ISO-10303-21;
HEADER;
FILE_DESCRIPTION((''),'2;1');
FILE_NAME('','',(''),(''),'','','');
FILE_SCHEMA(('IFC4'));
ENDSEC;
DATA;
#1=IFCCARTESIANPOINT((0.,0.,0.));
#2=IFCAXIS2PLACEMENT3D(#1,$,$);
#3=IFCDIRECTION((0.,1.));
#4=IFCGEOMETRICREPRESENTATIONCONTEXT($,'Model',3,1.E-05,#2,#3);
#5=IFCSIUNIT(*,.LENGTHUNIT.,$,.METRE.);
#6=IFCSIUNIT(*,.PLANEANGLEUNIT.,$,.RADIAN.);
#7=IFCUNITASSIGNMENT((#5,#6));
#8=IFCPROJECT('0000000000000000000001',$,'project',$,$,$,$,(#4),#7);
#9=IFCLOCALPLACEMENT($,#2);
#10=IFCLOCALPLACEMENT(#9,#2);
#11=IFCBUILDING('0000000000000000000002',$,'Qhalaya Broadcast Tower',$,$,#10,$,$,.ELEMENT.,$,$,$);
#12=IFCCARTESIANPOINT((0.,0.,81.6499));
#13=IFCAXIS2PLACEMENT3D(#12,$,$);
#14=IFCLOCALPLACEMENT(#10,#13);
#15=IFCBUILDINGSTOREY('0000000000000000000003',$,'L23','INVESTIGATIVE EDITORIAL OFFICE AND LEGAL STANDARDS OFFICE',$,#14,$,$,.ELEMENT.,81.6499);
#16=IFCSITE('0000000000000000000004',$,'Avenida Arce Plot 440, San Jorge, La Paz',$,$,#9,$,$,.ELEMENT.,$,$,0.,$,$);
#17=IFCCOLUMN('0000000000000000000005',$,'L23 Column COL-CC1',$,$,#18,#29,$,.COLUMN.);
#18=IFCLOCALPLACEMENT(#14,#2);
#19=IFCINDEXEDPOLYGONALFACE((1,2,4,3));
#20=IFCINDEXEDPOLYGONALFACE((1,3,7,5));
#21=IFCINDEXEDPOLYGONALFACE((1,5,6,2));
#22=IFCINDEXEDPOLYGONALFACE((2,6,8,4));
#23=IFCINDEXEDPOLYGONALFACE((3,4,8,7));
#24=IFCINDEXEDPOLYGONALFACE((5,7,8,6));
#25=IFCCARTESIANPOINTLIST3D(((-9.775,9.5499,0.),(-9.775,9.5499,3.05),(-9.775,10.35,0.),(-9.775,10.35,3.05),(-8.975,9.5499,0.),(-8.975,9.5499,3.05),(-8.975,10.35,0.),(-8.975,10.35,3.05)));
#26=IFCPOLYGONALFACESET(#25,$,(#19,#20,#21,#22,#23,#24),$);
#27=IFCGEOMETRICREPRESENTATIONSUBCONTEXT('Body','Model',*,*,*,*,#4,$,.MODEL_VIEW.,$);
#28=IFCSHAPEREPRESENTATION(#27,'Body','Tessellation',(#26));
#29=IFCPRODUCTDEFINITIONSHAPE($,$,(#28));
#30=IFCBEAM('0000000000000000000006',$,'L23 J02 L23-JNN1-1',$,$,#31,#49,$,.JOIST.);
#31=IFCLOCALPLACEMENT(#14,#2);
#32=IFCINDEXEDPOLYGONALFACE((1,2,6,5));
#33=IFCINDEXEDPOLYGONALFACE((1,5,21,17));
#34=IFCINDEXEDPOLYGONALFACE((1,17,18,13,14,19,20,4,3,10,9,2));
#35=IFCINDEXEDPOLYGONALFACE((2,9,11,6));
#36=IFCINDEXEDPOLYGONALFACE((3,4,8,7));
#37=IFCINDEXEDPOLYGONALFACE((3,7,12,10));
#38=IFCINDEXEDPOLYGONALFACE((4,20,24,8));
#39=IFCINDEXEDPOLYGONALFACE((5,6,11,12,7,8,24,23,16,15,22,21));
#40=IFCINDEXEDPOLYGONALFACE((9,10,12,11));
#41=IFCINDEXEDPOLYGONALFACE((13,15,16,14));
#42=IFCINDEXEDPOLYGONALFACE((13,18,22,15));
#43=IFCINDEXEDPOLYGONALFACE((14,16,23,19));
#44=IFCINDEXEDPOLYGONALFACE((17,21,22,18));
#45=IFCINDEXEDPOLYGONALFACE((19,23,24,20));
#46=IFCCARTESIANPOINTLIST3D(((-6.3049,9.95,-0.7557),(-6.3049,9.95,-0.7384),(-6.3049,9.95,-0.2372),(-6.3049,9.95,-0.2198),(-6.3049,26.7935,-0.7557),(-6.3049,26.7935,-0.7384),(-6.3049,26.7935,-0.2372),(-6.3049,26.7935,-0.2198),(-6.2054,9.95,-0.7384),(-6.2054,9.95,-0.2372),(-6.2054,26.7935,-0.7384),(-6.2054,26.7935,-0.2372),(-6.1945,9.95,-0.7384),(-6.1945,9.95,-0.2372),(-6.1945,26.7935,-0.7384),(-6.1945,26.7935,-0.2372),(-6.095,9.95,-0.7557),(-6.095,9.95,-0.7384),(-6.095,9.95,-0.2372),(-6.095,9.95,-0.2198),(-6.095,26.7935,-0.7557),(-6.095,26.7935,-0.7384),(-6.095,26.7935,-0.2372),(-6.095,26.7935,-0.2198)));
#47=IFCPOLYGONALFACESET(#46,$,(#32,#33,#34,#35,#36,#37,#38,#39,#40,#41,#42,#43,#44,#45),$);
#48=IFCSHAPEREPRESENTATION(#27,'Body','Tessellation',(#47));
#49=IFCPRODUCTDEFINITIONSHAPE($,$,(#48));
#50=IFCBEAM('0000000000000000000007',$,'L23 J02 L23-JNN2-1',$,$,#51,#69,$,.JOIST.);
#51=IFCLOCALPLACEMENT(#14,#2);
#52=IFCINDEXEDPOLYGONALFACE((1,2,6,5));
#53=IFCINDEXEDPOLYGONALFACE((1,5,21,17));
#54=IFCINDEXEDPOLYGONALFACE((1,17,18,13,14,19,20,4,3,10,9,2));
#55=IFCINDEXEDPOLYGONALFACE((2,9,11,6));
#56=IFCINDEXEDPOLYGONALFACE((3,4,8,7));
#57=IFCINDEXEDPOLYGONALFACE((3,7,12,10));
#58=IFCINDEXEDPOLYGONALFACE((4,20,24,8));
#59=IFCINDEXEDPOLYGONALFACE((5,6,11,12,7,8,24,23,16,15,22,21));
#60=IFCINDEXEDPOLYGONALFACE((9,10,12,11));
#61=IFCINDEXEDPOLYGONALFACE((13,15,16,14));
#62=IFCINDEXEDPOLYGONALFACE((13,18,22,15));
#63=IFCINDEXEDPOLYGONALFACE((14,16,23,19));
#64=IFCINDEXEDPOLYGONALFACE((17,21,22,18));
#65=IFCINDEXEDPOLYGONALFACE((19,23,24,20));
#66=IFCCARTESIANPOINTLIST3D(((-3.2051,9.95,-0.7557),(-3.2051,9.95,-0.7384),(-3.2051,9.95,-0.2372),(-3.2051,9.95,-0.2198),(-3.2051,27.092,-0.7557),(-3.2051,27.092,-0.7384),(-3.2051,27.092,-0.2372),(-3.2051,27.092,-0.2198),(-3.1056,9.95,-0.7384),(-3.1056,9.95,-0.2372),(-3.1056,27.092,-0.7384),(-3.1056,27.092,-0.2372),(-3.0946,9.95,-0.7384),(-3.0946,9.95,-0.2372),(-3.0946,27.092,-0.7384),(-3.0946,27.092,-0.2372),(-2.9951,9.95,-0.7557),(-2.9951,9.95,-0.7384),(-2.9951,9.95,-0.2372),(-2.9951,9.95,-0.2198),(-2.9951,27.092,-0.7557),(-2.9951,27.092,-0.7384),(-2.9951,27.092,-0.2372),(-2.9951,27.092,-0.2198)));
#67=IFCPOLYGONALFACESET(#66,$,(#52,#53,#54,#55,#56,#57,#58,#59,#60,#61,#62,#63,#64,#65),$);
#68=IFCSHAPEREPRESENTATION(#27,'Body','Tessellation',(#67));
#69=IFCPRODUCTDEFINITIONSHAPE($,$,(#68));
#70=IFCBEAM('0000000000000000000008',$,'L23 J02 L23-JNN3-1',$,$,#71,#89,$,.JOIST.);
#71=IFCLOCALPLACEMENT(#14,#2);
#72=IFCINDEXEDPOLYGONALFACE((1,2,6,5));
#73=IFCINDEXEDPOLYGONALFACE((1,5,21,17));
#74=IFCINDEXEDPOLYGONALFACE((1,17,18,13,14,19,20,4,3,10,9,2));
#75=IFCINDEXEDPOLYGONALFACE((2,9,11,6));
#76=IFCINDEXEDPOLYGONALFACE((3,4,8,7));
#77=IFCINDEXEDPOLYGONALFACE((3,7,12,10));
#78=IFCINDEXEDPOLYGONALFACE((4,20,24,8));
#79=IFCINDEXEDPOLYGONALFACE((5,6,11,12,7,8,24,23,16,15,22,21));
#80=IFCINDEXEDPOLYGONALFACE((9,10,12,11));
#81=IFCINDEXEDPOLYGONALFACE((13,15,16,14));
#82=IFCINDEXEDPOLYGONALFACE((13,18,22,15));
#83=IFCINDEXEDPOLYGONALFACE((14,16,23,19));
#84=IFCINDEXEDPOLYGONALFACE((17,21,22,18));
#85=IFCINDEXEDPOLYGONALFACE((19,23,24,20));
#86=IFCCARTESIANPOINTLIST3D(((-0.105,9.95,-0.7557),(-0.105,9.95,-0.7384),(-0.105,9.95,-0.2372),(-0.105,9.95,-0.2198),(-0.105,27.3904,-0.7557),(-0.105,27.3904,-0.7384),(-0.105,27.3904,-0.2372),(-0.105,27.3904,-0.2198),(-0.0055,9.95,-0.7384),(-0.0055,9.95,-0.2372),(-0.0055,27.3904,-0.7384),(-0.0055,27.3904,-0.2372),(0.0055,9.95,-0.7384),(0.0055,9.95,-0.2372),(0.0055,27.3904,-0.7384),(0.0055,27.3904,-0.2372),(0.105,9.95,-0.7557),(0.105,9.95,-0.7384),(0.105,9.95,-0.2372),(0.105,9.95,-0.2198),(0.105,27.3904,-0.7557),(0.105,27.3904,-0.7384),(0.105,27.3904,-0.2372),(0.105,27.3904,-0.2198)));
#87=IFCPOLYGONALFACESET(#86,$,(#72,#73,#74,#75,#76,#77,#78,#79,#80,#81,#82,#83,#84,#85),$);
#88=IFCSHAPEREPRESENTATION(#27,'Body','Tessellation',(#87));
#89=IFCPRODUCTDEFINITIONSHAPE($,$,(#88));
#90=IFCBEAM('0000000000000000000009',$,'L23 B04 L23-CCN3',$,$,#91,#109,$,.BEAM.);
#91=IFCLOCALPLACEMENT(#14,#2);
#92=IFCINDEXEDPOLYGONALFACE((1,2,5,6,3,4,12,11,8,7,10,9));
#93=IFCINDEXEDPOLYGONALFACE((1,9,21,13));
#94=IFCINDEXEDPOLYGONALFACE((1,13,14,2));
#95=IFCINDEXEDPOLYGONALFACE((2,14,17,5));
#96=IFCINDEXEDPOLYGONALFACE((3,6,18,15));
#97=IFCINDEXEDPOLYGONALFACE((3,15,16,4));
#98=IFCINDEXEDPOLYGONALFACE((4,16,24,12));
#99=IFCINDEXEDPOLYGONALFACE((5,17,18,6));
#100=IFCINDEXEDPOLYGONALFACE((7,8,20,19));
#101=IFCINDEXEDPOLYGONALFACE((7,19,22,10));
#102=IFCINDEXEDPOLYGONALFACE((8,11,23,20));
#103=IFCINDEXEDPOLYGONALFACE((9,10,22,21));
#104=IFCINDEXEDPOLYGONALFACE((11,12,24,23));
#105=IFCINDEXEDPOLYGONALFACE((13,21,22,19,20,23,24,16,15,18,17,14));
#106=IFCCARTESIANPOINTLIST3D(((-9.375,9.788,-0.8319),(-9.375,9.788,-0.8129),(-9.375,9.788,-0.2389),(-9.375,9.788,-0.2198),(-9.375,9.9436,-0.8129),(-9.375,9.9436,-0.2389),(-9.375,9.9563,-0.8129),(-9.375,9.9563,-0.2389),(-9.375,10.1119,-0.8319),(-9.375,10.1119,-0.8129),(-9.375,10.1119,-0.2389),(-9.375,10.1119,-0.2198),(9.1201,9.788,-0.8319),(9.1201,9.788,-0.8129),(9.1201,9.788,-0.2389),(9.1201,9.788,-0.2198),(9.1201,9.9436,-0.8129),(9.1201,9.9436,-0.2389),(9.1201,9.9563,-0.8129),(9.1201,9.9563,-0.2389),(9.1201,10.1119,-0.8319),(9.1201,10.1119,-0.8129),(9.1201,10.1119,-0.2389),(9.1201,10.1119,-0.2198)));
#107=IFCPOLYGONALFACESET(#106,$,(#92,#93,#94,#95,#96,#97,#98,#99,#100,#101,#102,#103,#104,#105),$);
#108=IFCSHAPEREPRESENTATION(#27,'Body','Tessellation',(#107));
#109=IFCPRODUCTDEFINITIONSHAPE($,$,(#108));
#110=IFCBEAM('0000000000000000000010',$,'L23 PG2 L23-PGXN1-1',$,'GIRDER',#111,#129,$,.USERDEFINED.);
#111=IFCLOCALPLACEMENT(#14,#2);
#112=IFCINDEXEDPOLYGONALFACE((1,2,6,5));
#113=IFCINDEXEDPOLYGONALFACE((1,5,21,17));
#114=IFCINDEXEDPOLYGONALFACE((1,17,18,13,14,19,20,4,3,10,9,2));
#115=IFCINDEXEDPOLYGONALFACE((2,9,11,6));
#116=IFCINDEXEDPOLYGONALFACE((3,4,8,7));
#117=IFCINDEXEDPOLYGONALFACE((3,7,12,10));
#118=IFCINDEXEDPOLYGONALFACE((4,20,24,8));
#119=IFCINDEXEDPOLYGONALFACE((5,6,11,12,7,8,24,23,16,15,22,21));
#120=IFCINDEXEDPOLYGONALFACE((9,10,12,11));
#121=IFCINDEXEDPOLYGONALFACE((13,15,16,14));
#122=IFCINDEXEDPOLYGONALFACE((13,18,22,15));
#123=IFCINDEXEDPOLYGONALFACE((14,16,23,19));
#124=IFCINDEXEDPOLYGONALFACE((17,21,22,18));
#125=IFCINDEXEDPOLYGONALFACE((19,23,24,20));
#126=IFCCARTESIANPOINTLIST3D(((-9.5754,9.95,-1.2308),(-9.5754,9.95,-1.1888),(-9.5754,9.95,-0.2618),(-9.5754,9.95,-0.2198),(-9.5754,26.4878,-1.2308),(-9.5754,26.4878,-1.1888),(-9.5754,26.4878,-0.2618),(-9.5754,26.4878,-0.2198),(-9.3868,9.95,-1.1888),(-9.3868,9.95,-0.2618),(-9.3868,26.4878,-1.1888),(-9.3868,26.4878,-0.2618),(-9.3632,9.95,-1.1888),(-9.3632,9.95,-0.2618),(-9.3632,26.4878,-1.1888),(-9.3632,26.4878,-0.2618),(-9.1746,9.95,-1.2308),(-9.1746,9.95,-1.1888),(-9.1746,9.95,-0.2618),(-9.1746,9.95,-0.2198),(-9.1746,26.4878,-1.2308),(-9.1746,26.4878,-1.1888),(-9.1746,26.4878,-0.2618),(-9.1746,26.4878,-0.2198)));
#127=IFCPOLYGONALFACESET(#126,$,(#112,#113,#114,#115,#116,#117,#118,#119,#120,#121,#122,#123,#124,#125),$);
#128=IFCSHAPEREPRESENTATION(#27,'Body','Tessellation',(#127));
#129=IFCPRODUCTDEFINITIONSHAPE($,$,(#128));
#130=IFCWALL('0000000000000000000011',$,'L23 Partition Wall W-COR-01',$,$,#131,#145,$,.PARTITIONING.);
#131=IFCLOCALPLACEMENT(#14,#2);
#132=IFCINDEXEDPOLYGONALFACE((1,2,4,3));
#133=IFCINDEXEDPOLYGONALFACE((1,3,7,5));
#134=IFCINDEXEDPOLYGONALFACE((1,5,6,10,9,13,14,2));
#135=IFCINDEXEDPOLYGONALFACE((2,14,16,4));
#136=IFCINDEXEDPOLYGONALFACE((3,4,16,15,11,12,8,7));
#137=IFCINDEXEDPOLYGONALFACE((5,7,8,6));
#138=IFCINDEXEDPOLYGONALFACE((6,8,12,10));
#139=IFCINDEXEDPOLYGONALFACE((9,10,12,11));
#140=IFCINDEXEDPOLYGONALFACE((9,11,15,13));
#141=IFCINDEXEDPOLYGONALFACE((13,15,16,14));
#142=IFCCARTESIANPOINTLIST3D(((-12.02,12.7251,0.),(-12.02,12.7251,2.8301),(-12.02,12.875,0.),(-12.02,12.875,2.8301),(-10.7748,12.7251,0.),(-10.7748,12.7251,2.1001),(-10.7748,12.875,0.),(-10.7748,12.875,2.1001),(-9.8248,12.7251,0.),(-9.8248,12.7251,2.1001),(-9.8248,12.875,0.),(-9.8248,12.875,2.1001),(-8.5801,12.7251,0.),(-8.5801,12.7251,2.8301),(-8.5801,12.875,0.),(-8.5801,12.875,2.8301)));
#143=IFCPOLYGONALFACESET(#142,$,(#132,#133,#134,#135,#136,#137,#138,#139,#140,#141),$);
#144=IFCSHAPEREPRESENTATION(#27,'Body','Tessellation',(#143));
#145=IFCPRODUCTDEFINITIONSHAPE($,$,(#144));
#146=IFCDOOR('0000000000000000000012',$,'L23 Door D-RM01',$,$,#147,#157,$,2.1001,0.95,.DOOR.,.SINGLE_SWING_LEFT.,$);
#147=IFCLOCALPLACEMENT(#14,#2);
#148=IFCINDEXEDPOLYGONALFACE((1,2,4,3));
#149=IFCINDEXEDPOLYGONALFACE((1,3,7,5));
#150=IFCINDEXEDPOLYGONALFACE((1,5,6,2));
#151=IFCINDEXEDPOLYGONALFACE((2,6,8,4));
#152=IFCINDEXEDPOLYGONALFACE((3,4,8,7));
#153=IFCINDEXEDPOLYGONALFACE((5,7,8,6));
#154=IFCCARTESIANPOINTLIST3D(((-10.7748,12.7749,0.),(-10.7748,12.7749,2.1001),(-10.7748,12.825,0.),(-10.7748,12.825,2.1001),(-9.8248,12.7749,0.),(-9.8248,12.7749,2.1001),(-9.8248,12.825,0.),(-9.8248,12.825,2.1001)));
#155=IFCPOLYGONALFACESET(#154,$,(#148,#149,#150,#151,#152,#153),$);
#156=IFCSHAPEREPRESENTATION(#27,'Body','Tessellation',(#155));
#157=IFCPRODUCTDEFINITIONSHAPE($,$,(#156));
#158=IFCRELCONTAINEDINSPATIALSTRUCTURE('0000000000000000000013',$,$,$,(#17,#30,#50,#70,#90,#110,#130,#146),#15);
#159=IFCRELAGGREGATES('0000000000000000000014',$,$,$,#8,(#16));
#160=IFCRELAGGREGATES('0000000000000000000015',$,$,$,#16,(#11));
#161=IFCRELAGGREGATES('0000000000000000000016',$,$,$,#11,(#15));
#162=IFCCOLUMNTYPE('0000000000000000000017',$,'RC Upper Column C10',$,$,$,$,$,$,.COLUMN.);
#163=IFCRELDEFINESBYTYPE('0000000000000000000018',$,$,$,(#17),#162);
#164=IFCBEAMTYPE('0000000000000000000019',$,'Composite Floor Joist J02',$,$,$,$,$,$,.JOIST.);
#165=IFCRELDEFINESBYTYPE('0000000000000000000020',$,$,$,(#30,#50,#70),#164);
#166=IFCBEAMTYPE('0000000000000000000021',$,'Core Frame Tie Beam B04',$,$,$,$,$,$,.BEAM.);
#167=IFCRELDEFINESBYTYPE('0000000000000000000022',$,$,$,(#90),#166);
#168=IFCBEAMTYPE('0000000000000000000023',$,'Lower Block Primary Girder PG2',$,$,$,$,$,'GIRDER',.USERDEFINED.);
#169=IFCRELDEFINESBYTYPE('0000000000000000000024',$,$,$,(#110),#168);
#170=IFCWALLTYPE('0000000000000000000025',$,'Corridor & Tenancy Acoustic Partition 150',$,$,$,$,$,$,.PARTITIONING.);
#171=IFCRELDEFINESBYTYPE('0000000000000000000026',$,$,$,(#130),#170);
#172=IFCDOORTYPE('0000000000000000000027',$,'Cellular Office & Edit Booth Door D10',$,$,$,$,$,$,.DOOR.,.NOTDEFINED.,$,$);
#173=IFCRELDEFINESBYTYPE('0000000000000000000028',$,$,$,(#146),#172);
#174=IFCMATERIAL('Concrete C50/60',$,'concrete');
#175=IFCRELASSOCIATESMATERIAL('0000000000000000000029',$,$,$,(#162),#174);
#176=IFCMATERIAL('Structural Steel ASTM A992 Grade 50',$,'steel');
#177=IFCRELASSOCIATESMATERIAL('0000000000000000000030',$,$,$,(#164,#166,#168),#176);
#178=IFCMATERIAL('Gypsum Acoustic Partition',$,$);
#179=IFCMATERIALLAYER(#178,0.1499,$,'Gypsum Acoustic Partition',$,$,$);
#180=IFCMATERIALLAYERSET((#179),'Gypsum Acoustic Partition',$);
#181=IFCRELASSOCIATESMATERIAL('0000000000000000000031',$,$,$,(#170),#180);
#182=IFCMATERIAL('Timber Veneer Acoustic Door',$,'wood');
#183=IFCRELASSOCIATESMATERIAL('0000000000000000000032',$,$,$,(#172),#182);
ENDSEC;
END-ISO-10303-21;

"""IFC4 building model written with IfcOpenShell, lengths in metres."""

from ifc_helpers import new_model, si_unit, direction, frame, frame_2d, origin, origin_2d, place, context, subcontext, project, spatial, rectangle, i_section, extrude, material, layer, layer_set, material_profile, profile_set, type_object, element, fill, save


model = new_model("IFC4")

# Units and contexts
model_context = context("Model", 3, precision=1e-05, world=origin(), true_north=direction((0.0, 1.0)))
body_context = subcontext(model_context, "Body", "Model", "MODEL_VIEW")
ifc_project = project(units=[si_unit("LENGTHUNIT", "METRE"), si_unit("PLANEANGLEUNIT", "RADIAN")], contexts=[model_context])

# Site, building, storey
site_placement = place(None, origin())
site = spatial("IfcSite", under=ifc_project, at=site_placement, Name="Avenida Arce Plot 440, San Jorge, La Paz", CompositionType="ELEMENT", RefElevation=0.0)
building_placement = place(site_placement, origin())
building = spatial("IfcBuilding", under=site, at=building_placement, Name="Qhalaya Broadcast Tower", CompositionType="ELEMENT")
storey_placement = place(building_placement, frame((0.0, 0.0, 81.6499)))
storey = spatial("IfcBuildingStorey", under=building, at=storey_placement, Name="L23", Description="INVESTIGATIVE EDITORIAL OFFICE AND LEGAL STANDARDS OFFICE", CompositionType="ELEMENT", Elevation=81.6499)

# Column
ifc_material_1 = material(Name="Concrete C50/60", Category="concrete")
ifc_material_profile_1 = material_profile(ifc_material_1, rectangle(XDim=0.8, YDim=0.8, at=origin_2d()), Name="RC-COL 800x800")
ifc_profile_set_1 = profile_set([ifc_material_profile_1], Name="Concrete C50/60")
column_type = type_object("IfcColumnType", Name="RC Upper Column C10", PredefinedType="COLUMN", material=ifc_profile_set_1)
column_placement = place(storey_placement, frame((-9.375, 9.95, 0.0), z_axis=(0.0, 0.0, 1.0), x_axis=(1.0, 0.0, 0.0)))
element("IfcColumn", 1, at=column_placement, inside=storey, type_object=column_type, Name="L23 Column COL-CC1", PredefinedType="COLUMN", context=body_context, shape_type="SweptSolid", body=[
    extrude(rectangle(XDim=0.8, YDim=0.8, at=origin_2d()), origin(), (0.0, 0.0, 1.0), 3.05),
])

# Beams
ifc_material_2 = material(Name="Structural Steel ASTM A992 Grade 50", Category="steel")
ifc_material_profile_2 = material_profile(ifc_material_2, i_section(OverallWidth=0.21, OverallDepth=0.5359, WebThickness=0.011, FlangeThickness=0.0173, at=origin_2d()), Name="W21X68")
ifc_profile_set_2 = profile_set([ifc_material_profile_2], Name="Structural Steel ASTM A992 Grade 50")
beam_type_1 = type_object("IfcBeamType", Name="Composite Floor Joist J02", PredefinedType="JOIST", material=ifc_profile_set_2)
beam_1_placement = place(storey_placement, frame((-6.2, 9.95, -0.4878), z_axis=(0.0, 1.0, 0.0), x_axis=(-1.0, 0.0, 0.0)))
element("IfcBeam", 2, at=beam_1_placement, inside=storey, type_object=beam_type_1, Name="L23 J02 L23-JNN1-1", PredefinedType="JOIST", context=body_context, shape_type="SweptSolid", body=[
    extrude(i_section(OverallWidth=0.21, OverallDepth=0.5359, WebThickness=0.011, FlangeThickness=0.0173, at=origin_2d()), origin(), (0.0, 0.0, 1.0), 16.8435),
])
beam_2_placement = place(storey_placement, frame((-3.1001, 9.95, -0.4878), z_axis=(0.0, 1.0, 0.0), x_axis=(-1.0, 0.0, 0.0)))
element("IfcBeam", 3, at=beam_2_placement, inside=storey, type_object=beam_type_1, Name="L23 J02 L23-JNN2-1", PredefinedType="JOIST", context=body_context, shape_type="SweptSolid", body=[
    extrude(i_section(OverallWidth=0.21, OverallDepth=0.5359, WebThickness=0.011, FlangeThickness=0.0173, at=origin_2d()), origin(), (0.0, 0.0, 1.0), 17.1421),
])
beam_3_placement = place(storey_placement, frame((0.0, 9.95, -0.4878), z_axis=(0.0, 1.0, 0.0), x_axis=(-1.0, 0.0, 0.0)))
element("IfcBeam", 4, at=beam_3_placement, inside=storey, type_object=beam_type_1, Name="L23 J02 L23-JNN3-1", PredefinedType="JOIST", context=body_context, shape_type="SweptSolid", body=[
    extrude(i_section(OverallWidth=0.21, OverallDepth=0.5359, WebThickness=0.011, FlangeThickness=0.0173, at=origin_2d()), origin(), (0.0, 0.0, 1.0), 17.4404),
])
ifc_material_profile_3 = material_profile(ifc_material_2, i_section(OverallWidth=0.324, OverallDepth=0.6121, WebThickness=0.0127, FlangeThickness=0.019, at=origin_2d()), Name="W24X104")
ifc_profile_set_3 = profile_set([ifc_material_profile_3], Name="Structural Steel ASTM A992 Grade 50")
beam_type_2 = type_object("IfcBeamType", Name="Core Frame Tie Beam B04", PredefinedType="BEAM", material=ifc_profile_set_3)
beam_4_placement = place(storey_placement, frame((-9.375, 9.95, -0.5259), z_axis=(1.0, 0.0, 0.0), x_axis=(0.0, 1.0, 0.0)))
element("IfcBeam", 5, at=beam_4_placement, inside=storey, type_object=beam_type_2, Name="L23 B04 L23-CCN3", PredefinedType="BEAM", context=body_context, shape_type="SweptSolid", body=[
    extrude(i_section(OverallWidth=0.324, OverallDepth=0.6121, WebThickness=0.0127, FlangeThickness=0.019, at=origin_2d()), origin(), (0.0, 0.0, 1.0), 18.4951),
])
ifc_material_profile_4 = material_profile(ifc_material_2, i_section(OverallWidth=0.4009, OverallDepth=1.011, WebThickness=0.0237, FlangeThickness=0.042, at=origin_2d()), Name="W40X297")
ifc_profile_set_4 = profile_set([ifc_material_profile_4], Name="Structural Steel ASTM A992 Grade 50")
beam_type_3 = type_object("IfcBeamType", Name="Lower Block Primary Girder PG2", ElementType="GIRDER", PredefinedType="USERDEFINED", material=ifc_profile_set_4)
beam_5_placement = place(storey_placement, frame((-9.375, 9.95, -0.7253), z_axis=(0.0, 1.0, 0.0), x_axis=(-1.0, 0.0, 0.0)))
element("IfcBeam", 6, at=beam_5_placement, inside=storey, type_object=beam_type_3, Name="L23 PG2 L23-PGXN1-1", ObjectType="GIRDER", PredefinedType="USERDEFINED", context=body_context, shape_type="SweptSolid", body=[
    extrude(i_section(OverallWidth=0.4009, OverallDepth=1.011, WebThickness=0.0237, FlangeThickness=0.042, at=origin_2d()), origin(), (0.0, 0.0, 1.0), 16.5378),
])

# Wall, opening, door
ifc_material_3 = material(Name="Gypsum Acoustic Partition")
ifc_layer_1 = layer(ifc_material_3, 0.1499, Name="Gypsum Acoustic Partition")
ifc_layer_set_1 = layer_set([ifc_layer_1], Name="Gypsum Acoustic Partition")
wall_type_1 = type_object("IfcWallType", Name="Corridor & Tenancy Acoustic Partition 150", PredefinedType="PARTITIONING", material=ifc_layer_set_1)
wall_1_placement = place(storey_placement, frame((-12.02, 12.8, 0.0), z_axis=(0.0, 0.0, 1.0), x_axis=(1.0, 0.0, 0.0)))
wall_1 = element("IfcWall", 7, at=wall_1_placement, inside=storey, type_object=wall_type_1, Name="L23 Partition Wall W-COR-01", PredefinedType="PARTITIONING", context=body_context, shape_type="SweptSolid", body=[
    extrude(rectangle(XDim=3.4399, YDim=0.1499, at=frame_2d((1.72, 0.0))), origin(), (0.0, 0.0, 1.0), 2.8301),
])
opening_1_placement = place(wall_1_placement, frame((1.2451, 0.0, 0.0)))
opening_1 = element("IfcOpeningElement", 8, at=opening_1_placement, cuts=wall_1, PredefinedType="OPENING", context=body_context, shape_type="SweptSolid", body=[
    extrude(rectangle(XDim=0.95, YDim=2.1001, at=frame_2d((0.4751, 1.05))), frame((0.0, 0.0869, 0.0), z_axis=(0.0, -1.0, 0.0), x_axis=(1.0, 0.0, 0.0)), (0.0, 0.0, 1.0), 0.1738),
])
ifc_material_4 = material(Name="Timber Veneer Acoustic Door", Category="wood")
door_type = type_object("IfcDoorType", Name="Cellular Office & Edit Booth Door D10", OperationType="NOTDEFINED", PredefinedType="DOOR", material=ifc_material_4)
door_1_placement = place(opening_1_placement, origin())
door_1 = element("IfcDoor", 9, at=door_1_placement, inside=storey, type_object=door_type, Name="L23 Door D-RM01", OperationType="SINGLE_SWING_LEFT", OverallHeight=2.1001, OverallWidth=0.95, PredefinedType="DOOR", context=body_context, shape_type="SweptSolid", body=[
    extrude(rectangle(XDim=0.95, YDim=2.1001, at=frame_2d((0.4751, 1.05))), frame((0.0, 0.0249, 0.0), z_axis=(0.0, -1.0, 0.0), x_axis=(1.0, 0.0, 0.0)), (0.0, 0.0, 1.0), 0.05),
])
fill(opening_1, door_1)

save(model, "model.ifc")
